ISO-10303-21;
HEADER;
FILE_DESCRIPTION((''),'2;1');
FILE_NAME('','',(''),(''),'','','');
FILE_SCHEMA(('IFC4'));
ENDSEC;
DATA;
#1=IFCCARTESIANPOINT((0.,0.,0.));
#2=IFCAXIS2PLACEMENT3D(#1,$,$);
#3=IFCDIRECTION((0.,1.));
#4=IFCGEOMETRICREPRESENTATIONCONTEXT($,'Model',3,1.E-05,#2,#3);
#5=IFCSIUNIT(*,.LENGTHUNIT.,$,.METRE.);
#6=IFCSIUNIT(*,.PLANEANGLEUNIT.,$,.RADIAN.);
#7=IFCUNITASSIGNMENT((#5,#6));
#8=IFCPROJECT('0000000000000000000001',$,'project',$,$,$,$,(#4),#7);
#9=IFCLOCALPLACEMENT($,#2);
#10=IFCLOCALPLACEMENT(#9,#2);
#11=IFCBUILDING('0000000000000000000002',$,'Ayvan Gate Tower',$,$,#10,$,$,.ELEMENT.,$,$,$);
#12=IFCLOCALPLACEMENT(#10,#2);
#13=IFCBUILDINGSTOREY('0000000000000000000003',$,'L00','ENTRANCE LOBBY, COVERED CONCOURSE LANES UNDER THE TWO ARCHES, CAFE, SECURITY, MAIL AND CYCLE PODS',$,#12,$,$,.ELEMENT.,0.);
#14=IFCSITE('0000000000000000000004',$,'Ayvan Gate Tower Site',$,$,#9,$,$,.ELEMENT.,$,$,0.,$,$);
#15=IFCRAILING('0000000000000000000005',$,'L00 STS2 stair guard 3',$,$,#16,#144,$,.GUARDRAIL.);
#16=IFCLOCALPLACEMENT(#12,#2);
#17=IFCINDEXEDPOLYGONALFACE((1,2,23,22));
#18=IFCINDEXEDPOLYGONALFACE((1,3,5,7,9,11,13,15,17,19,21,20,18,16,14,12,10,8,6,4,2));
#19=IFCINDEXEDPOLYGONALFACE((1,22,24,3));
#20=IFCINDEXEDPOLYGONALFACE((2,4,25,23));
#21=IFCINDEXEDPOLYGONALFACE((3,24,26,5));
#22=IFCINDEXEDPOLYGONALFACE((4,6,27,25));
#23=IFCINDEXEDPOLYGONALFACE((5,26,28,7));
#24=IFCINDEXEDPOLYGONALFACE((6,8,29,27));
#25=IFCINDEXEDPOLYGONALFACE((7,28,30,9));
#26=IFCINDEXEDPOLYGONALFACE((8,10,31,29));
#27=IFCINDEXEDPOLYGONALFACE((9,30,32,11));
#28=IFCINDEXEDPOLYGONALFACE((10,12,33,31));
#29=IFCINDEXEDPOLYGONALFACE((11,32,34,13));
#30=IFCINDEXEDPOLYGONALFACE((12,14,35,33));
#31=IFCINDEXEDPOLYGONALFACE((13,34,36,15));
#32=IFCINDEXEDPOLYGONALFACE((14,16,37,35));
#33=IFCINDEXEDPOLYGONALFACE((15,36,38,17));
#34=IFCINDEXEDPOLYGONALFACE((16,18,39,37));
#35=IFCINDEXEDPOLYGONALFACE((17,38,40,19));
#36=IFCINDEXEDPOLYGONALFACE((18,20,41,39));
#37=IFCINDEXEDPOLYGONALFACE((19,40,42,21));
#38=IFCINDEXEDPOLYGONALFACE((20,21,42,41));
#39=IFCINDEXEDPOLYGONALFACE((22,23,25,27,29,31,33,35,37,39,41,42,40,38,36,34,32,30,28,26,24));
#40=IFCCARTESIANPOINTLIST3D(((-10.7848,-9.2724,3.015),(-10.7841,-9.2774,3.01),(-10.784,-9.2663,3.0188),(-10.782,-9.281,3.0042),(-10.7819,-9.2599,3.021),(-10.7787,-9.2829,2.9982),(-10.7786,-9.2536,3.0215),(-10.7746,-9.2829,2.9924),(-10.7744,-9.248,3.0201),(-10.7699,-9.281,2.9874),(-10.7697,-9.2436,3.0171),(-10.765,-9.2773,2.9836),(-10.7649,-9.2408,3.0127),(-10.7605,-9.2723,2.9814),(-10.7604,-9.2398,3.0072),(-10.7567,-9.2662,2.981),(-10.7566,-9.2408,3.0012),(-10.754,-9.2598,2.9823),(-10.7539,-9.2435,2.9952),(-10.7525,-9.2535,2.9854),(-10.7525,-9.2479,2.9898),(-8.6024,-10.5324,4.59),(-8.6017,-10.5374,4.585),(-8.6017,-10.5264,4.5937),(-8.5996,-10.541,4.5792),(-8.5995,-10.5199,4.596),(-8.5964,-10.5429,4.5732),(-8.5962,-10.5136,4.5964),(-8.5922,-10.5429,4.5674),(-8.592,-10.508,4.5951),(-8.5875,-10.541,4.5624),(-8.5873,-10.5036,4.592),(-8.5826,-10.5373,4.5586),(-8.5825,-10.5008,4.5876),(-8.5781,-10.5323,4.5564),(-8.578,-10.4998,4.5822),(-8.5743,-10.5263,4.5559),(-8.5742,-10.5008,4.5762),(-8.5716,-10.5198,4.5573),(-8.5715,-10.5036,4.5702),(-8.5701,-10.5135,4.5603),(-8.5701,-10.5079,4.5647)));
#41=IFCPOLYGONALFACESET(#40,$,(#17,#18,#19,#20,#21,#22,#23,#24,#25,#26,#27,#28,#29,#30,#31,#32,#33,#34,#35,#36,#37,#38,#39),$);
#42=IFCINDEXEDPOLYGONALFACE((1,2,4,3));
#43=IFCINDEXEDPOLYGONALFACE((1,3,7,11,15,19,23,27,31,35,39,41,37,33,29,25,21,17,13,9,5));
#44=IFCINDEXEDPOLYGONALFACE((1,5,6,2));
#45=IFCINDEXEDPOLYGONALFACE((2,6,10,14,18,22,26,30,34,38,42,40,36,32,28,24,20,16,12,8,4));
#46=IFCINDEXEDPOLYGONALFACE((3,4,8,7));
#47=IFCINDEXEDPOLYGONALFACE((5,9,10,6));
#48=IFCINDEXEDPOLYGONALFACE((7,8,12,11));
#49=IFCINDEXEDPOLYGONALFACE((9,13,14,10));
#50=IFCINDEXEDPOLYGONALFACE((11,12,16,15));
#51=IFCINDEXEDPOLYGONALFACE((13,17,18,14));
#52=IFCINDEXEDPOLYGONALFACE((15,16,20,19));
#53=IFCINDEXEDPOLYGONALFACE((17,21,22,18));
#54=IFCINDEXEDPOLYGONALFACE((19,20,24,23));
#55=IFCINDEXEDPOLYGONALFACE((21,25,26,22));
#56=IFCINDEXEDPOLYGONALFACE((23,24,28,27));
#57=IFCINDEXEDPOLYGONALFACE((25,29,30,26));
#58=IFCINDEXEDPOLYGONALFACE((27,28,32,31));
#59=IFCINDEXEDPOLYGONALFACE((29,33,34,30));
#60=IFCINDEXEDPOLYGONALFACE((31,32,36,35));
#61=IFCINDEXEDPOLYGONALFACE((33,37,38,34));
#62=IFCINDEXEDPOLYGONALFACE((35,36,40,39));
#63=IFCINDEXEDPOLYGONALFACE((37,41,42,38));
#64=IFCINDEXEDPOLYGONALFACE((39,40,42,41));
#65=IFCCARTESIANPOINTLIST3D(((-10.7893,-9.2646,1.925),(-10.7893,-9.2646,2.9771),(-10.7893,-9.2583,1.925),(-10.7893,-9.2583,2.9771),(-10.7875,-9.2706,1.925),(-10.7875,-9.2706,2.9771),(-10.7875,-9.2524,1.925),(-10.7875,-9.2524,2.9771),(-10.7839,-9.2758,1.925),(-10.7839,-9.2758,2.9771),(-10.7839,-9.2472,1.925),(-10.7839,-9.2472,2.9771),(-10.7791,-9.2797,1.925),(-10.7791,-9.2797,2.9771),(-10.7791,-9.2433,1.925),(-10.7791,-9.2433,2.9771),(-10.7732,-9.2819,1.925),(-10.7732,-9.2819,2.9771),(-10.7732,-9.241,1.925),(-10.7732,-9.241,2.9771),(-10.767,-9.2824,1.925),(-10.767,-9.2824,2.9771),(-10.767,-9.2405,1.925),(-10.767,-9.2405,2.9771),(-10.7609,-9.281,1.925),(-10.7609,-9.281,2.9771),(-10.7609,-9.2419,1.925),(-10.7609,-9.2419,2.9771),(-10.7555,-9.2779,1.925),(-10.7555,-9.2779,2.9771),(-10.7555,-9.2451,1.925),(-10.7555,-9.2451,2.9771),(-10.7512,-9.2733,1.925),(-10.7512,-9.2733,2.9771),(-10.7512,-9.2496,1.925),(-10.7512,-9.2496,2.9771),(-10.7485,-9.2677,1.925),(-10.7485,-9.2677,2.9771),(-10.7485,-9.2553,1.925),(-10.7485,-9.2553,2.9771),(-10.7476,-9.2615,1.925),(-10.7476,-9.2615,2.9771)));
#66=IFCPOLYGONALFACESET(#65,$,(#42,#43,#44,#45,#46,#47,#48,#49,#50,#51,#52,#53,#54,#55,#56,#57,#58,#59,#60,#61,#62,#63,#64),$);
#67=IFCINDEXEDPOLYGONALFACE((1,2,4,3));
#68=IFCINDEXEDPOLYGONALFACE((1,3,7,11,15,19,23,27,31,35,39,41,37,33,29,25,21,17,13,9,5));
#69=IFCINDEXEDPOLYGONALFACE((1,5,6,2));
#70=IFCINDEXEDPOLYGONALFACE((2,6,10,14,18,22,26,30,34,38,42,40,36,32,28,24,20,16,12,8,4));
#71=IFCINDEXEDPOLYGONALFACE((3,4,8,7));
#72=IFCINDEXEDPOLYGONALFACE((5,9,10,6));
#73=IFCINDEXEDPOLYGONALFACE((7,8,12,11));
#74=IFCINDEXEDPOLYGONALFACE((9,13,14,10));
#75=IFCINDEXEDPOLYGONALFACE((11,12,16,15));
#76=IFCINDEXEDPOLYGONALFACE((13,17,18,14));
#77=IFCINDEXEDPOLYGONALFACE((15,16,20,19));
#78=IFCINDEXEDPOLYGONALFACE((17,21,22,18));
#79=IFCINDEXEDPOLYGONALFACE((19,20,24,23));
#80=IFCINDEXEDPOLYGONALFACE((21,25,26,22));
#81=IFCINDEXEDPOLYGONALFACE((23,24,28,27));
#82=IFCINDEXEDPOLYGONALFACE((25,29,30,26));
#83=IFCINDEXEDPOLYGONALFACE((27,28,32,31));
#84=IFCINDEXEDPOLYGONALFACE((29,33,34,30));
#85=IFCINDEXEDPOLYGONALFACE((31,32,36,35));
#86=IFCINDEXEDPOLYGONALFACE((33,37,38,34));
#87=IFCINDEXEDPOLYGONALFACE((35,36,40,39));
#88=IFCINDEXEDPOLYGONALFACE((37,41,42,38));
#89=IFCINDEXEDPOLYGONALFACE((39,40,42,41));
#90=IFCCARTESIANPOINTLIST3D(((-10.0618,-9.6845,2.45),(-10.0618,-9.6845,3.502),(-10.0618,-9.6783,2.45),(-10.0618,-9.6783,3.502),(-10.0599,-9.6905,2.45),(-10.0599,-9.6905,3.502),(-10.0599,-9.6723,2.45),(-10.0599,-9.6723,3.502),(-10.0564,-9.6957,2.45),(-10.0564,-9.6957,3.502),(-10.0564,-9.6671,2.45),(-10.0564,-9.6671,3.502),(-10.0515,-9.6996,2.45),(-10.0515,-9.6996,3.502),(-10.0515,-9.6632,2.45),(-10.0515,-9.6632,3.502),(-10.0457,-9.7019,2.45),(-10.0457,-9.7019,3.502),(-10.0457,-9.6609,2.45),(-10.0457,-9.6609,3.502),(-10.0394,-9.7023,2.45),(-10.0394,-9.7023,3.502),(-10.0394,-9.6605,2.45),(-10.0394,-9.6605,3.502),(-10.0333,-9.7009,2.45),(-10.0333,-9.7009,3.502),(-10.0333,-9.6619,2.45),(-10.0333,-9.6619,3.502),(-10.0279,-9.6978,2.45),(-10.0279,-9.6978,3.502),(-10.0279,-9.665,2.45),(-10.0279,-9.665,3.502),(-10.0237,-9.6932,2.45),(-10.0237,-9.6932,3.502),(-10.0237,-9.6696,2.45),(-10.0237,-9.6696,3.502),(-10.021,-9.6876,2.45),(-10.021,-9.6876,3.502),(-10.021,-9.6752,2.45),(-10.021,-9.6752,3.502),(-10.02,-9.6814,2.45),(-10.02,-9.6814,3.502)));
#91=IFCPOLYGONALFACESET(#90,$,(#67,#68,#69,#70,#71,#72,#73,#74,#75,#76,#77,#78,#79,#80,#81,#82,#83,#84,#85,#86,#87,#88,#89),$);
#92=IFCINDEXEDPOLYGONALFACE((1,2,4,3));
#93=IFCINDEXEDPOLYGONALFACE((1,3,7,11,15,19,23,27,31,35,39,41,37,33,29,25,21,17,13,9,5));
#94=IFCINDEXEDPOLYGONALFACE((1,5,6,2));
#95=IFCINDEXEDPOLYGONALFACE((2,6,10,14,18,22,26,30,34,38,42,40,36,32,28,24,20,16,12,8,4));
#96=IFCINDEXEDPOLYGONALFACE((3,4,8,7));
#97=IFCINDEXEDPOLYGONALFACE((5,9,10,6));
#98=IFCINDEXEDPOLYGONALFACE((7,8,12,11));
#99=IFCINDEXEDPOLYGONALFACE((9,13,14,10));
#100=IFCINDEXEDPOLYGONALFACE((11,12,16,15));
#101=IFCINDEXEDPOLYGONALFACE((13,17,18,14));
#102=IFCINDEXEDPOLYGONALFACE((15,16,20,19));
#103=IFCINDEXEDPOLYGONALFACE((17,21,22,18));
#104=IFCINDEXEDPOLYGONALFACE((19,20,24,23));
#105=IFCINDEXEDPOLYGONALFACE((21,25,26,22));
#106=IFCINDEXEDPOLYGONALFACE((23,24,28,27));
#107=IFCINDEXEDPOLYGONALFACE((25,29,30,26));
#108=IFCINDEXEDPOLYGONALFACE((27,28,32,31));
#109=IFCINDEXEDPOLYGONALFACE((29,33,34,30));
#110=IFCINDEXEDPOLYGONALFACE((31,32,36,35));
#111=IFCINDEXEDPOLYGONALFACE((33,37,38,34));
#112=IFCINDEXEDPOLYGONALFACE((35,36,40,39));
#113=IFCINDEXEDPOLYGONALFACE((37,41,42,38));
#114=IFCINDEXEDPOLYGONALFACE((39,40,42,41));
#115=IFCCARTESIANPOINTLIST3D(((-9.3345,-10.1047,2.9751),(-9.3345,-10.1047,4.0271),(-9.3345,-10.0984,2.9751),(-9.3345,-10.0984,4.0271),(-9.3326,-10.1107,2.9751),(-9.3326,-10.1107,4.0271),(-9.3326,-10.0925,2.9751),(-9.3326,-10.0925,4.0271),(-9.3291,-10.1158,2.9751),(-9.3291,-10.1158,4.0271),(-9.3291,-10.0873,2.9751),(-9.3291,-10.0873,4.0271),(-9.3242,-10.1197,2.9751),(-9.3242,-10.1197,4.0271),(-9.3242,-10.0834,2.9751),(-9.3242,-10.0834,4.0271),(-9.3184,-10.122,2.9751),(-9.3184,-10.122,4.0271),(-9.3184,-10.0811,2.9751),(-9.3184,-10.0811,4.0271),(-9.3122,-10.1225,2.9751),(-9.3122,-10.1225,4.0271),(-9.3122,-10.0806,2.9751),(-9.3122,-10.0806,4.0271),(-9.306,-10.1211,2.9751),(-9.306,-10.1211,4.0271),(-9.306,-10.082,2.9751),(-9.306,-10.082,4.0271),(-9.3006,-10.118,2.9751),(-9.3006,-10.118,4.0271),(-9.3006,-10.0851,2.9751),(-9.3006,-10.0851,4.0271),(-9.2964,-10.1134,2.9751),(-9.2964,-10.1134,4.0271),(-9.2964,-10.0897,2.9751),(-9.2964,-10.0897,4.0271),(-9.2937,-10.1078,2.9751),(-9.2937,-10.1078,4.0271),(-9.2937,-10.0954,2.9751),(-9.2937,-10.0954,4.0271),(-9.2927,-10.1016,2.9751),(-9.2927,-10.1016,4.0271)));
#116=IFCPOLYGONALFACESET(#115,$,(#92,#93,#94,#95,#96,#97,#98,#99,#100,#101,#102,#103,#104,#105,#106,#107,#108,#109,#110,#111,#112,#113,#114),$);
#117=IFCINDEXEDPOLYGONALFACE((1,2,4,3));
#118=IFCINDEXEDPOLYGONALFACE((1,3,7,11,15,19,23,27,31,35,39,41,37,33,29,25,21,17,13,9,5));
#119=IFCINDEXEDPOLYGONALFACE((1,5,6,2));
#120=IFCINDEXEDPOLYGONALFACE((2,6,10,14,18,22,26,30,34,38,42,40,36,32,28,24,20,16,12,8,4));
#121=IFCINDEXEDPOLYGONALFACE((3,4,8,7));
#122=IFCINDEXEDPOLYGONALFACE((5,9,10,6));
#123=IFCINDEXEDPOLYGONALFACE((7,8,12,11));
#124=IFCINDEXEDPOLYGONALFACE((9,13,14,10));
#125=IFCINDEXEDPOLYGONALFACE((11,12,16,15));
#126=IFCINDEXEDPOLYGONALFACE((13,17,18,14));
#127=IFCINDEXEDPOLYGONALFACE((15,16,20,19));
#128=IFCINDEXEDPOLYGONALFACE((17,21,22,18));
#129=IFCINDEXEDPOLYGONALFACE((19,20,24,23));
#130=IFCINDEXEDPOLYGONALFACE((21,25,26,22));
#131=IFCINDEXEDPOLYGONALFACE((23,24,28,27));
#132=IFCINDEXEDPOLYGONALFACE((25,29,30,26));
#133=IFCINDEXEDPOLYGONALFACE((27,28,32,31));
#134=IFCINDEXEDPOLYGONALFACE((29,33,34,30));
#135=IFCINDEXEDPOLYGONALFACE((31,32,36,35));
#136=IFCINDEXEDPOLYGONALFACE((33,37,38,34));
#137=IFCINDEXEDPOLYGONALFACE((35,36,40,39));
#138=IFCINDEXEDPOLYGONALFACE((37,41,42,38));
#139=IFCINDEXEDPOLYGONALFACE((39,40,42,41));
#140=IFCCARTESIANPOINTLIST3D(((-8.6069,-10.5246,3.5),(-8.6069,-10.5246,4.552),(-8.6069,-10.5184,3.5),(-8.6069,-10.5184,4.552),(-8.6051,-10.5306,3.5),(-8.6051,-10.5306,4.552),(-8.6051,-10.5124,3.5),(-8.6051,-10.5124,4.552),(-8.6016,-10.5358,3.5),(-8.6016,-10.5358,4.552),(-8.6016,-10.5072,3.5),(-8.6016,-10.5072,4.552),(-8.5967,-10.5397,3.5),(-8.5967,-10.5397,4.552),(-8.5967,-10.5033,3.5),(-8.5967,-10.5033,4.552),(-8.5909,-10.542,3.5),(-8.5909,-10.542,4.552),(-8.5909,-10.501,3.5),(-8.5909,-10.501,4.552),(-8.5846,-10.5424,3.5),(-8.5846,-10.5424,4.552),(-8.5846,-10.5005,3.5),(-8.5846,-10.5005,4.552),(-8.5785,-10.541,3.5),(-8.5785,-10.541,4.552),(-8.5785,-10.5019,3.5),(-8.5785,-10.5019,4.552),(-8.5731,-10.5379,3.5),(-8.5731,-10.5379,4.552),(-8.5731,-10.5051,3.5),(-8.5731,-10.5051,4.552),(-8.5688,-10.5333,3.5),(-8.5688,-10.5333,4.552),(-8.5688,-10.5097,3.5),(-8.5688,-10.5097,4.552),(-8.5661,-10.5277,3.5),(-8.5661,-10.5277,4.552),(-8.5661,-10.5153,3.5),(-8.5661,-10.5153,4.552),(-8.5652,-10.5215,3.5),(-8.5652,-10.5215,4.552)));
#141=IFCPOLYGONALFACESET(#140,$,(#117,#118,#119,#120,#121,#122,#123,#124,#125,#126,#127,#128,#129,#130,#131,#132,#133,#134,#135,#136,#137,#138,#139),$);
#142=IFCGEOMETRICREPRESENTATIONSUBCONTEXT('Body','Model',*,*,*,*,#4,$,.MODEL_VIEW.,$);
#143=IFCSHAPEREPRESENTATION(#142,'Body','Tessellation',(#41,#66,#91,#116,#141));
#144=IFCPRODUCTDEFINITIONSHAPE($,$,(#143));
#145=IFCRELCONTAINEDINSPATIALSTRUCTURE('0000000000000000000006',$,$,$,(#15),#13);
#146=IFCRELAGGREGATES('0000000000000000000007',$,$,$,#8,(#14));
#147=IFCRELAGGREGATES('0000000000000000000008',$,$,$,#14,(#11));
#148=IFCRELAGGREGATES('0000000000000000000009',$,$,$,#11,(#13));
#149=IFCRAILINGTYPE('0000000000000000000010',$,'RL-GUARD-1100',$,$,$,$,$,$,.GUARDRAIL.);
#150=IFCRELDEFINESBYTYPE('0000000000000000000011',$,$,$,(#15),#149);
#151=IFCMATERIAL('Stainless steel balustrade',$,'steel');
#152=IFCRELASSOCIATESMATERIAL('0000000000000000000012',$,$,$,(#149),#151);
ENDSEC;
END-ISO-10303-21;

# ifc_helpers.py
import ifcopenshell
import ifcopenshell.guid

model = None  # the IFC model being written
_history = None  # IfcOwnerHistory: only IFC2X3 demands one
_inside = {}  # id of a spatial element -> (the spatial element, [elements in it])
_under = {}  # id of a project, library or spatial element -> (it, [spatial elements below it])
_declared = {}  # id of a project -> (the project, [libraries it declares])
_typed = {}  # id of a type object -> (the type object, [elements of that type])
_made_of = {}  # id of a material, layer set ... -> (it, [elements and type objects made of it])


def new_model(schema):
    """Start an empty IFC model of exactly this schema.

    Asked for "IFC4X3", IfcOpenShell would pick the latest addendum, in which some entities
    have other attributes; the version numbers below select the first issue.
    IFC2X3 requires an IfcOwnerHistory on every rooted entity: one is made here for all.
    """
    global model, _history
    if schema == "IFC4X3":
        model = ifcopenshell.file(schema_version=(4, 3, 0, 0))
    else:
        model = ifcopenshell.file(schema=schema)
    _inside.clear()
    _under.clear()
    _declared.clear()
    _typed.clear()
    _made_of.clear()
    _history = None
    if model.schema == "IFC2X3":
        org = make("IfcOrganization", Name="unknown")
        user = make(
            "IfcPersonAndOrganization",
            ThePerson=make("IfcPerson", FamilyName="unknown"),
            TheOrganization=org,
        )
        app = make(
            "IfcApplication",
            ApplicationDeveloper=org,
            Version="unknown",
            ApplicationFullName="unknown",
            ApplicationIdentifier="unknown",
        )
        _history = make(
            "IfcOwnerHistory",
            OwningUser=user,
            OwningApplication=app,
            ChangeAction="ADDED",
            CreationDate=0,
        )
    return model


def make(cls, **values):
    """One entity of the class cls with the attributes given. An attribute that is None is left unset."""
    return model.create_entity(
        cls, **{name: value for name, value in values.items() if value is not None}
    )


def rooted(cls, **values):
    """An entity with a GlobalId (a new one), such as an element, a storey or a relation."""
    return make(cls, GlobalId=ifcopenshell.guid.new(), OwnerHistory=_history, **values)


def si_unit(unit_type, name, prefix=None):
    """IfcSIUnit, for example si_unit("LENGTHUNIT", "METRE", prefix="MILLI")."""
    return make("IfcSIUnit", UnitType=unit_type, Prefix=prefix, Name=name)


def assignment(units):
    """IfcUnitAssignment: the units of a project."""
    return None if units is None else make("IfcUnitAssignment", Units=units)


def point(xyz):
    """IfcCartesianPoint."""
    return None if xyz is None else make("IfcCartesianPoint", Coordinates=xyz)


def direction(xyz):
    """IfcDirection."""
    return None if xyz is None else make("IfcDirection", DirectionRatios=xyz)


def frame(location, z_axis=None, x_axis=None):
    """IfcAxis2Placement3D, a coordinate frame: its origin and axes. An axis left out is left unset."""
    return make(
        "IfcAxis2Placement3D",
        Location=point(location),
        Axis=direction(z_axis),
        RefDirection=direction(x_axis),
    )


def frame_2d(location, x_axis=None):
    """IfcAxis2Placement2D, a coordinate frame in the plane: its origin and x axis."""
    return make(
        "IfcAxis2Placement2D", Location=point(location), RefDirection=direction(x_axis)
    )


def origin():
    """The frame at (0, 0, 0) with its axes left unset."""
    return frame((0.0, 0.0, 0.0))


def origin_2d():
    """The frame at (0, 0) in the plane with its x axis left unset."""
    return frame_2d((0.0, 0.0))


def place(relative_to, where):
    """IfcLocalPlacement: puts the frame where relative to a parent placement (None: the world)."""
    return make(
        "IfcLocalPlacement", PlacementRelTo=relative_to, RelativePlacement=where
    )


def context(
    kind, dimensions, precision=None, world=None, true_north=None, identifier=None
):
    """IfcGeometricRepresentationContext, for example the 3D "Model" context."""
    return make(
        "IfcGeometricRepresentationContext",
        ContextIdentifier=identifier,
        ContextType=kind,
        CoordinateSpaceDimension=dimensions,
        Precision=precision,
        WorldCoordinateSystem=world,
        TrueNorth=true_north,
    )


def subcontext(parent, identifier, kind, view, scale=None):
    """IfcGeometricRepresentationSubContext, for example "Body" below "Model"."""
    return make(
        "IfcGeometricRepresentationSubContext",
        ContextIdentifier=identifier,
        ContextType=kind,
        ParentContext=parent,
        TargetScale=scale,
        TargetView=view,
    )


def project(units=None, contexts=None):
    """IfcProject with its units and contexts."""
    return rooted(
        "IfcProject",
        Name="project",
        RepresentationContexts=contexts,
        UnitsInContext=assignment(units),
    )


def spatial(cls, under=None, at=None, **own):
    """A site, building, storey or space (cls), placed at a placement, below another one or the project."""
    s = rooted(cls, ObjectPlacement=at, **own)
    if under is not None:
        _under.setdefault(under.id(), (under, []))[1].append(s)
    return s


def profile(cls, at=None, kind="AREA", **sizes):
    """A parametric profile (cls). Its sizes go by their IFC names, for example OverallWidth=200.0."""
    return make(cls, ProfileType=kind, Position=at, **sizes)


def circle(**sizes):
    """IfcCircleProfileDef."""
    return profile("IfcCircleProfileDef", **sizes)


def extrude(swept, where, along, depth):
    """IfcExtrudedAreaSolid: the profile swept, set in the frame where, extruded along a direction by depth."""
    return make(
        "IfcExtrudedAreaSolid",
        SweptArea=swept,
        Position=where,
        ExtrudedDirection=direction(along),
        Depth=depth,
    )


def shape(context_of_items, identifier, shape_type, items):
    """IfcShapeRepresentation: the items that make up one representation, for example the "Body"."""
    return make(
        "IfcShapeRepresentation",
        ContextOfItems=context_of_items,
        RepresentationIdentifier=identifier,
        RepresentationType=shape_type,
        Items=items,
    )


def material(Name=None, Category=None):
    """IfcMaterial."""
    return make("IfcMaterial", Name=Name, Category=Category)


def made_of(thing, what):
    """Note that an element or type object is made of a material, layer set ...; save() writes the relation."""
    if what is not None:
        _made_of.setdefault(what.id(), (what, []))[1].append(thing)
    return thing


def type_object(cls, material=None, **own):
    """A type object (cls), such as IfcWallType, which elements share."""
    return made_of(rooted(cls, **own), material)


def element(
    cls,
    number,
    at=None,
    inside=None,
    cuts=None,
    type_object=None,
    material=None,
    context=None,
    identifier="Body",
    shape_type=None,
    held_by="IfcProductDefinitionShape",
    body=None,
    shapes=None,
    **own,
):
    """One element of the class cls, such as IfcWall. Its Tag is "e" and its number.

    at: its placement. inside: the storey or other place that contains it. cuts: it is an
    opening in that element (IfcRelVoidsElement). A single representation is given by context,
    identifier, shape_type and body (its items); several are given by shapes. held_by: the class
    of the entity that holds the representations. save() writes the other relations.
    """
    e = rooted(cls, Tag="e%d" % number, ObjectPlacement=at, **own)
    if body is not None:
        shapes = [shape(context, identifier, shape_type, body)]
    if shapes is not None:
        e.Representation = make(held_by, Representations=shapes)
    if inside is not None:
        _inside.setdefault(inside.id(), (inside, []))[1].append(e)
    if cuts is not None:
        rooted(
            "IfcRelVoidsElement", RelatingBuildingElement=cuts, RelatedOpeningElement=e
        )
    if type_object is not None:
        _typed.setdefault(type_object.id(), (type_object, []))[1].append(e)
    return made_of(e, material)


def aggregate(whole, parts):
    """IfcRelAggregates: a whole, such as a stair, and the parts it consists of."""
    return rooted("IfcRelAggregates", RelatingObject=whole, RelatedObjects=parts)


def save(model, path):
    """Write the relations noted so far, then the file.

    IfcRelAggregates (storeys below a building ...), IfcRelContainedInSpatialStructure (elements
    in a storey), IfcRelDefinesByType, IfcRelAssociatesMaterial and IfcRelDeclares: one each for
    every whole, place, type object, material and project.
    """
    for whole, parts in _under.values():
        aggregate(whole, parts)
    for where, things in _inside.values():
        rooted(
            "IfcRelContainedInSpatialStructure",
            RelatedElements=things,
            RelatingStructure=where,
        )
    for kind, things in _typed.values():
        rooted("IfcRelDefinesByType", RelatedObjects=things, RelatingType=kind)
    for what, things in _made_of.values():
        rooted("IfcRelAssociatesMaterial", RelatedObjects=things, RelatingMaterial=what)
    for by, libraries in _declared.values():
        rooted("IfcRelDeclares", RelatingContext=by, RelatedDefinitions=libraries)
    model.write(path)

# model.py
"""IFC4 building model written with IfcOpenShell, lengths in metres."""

from ifc_helpers import new_model, si_unit, direction, frame, origin, origin_2d, place, context, subcontext, project, spatial, circle, extrude, material, type_object, element, save


model = new_model("IFC4")

# Units and contexts
model_context = context("Model", 3, precision=1e-05, world=origin(), true_north=direction((0.0, 1.0)))
body_context = subcontext(model_context, "Body", "Model", "MODEL_VIEW")
ifc_project = project(units=[si_unit("LENGTHUNIT", "METRE"), si_unit("PLANEANGLEUNIT", "RADIAN")], contexts=[model_context])

# Site, building, storey
site_placement = place(None, origin())
site = spatial("IfcSite", under=ifc_project, at=site_placement, Name="Ayvan Gate Tower Site", CompositionType="ELEMENT", RefElevation=0.0)
building_placement = place(site_placement, origin())
building = spatial("IfcBuilding", under=site, at=building_placement, Name="Ayvan Gate Tower", CompositionType="ELEMENT")
storey_placement = place(building_placement, origin())
storey = spatial("IfcBuildingStorey", under=building, at=storey_placement, Name="L00", Description="ENTRANCE LOBBY, COVERED CONCOURSE LANES UNDER THE TWO ARCHES, CAFE, SECURITY, MAIL AND CYCLE PODS", CompositionType="ELEMENT", Elevation=0.0)

# Railing
ifc_material_1 = material(Name="Stainless steel balustrade", Category="steel")
railing_type_1 = type_object("IfcRailingType", Name="RL-GUARD-1100", PredefinedType="GUARDRAIL", material=ifc_material_1)
railing_1_placement = place(storey_placement, frame((-10.7686, -9.2615, 1.925)))
element("IfcRailing", 1, at=railing_1_placement, inside=storey, type_object=railing_type_1, Name="L00 STS2 stair guard 3", PredefinedType="GUARDRAIL", context=body_context, shape_type="SweptSolid", body=[
    extrude(circle(Radius=0.0239, at=origin_2d()), frame((0.0, 0.0, 1.0762), z_axis=(0.734392, -0.424007, 0.529988), x_axis=(0.500005, 0.866023, 0.0)), (0.0, 0.0, 1.0), 2.9717),
    extrude(circle(Radius=0.021, at=origin_2d()), origin(), (0.0, 0.0, 1.0), 1.052),
    extrude(circle(Radius=0.021, at=origin_2d()), frame((0.7275, -0.4199, 0.5249)), (0.0, 0.0, 1.0), 1.052),
    extrude(circle(Radius=0.021, at=origin_2d()), frame((1.4548, -0.8401, 1.05)), (0.0, 0.0, 1.0), 1.052),
    extrude(circle(Radius=0.021, at=origin_2d()), frame((2.1824, -1.26, 1.575)), (0.0, 0.0, 1.0), 1.052),
])

save(model, "model.ifc")
